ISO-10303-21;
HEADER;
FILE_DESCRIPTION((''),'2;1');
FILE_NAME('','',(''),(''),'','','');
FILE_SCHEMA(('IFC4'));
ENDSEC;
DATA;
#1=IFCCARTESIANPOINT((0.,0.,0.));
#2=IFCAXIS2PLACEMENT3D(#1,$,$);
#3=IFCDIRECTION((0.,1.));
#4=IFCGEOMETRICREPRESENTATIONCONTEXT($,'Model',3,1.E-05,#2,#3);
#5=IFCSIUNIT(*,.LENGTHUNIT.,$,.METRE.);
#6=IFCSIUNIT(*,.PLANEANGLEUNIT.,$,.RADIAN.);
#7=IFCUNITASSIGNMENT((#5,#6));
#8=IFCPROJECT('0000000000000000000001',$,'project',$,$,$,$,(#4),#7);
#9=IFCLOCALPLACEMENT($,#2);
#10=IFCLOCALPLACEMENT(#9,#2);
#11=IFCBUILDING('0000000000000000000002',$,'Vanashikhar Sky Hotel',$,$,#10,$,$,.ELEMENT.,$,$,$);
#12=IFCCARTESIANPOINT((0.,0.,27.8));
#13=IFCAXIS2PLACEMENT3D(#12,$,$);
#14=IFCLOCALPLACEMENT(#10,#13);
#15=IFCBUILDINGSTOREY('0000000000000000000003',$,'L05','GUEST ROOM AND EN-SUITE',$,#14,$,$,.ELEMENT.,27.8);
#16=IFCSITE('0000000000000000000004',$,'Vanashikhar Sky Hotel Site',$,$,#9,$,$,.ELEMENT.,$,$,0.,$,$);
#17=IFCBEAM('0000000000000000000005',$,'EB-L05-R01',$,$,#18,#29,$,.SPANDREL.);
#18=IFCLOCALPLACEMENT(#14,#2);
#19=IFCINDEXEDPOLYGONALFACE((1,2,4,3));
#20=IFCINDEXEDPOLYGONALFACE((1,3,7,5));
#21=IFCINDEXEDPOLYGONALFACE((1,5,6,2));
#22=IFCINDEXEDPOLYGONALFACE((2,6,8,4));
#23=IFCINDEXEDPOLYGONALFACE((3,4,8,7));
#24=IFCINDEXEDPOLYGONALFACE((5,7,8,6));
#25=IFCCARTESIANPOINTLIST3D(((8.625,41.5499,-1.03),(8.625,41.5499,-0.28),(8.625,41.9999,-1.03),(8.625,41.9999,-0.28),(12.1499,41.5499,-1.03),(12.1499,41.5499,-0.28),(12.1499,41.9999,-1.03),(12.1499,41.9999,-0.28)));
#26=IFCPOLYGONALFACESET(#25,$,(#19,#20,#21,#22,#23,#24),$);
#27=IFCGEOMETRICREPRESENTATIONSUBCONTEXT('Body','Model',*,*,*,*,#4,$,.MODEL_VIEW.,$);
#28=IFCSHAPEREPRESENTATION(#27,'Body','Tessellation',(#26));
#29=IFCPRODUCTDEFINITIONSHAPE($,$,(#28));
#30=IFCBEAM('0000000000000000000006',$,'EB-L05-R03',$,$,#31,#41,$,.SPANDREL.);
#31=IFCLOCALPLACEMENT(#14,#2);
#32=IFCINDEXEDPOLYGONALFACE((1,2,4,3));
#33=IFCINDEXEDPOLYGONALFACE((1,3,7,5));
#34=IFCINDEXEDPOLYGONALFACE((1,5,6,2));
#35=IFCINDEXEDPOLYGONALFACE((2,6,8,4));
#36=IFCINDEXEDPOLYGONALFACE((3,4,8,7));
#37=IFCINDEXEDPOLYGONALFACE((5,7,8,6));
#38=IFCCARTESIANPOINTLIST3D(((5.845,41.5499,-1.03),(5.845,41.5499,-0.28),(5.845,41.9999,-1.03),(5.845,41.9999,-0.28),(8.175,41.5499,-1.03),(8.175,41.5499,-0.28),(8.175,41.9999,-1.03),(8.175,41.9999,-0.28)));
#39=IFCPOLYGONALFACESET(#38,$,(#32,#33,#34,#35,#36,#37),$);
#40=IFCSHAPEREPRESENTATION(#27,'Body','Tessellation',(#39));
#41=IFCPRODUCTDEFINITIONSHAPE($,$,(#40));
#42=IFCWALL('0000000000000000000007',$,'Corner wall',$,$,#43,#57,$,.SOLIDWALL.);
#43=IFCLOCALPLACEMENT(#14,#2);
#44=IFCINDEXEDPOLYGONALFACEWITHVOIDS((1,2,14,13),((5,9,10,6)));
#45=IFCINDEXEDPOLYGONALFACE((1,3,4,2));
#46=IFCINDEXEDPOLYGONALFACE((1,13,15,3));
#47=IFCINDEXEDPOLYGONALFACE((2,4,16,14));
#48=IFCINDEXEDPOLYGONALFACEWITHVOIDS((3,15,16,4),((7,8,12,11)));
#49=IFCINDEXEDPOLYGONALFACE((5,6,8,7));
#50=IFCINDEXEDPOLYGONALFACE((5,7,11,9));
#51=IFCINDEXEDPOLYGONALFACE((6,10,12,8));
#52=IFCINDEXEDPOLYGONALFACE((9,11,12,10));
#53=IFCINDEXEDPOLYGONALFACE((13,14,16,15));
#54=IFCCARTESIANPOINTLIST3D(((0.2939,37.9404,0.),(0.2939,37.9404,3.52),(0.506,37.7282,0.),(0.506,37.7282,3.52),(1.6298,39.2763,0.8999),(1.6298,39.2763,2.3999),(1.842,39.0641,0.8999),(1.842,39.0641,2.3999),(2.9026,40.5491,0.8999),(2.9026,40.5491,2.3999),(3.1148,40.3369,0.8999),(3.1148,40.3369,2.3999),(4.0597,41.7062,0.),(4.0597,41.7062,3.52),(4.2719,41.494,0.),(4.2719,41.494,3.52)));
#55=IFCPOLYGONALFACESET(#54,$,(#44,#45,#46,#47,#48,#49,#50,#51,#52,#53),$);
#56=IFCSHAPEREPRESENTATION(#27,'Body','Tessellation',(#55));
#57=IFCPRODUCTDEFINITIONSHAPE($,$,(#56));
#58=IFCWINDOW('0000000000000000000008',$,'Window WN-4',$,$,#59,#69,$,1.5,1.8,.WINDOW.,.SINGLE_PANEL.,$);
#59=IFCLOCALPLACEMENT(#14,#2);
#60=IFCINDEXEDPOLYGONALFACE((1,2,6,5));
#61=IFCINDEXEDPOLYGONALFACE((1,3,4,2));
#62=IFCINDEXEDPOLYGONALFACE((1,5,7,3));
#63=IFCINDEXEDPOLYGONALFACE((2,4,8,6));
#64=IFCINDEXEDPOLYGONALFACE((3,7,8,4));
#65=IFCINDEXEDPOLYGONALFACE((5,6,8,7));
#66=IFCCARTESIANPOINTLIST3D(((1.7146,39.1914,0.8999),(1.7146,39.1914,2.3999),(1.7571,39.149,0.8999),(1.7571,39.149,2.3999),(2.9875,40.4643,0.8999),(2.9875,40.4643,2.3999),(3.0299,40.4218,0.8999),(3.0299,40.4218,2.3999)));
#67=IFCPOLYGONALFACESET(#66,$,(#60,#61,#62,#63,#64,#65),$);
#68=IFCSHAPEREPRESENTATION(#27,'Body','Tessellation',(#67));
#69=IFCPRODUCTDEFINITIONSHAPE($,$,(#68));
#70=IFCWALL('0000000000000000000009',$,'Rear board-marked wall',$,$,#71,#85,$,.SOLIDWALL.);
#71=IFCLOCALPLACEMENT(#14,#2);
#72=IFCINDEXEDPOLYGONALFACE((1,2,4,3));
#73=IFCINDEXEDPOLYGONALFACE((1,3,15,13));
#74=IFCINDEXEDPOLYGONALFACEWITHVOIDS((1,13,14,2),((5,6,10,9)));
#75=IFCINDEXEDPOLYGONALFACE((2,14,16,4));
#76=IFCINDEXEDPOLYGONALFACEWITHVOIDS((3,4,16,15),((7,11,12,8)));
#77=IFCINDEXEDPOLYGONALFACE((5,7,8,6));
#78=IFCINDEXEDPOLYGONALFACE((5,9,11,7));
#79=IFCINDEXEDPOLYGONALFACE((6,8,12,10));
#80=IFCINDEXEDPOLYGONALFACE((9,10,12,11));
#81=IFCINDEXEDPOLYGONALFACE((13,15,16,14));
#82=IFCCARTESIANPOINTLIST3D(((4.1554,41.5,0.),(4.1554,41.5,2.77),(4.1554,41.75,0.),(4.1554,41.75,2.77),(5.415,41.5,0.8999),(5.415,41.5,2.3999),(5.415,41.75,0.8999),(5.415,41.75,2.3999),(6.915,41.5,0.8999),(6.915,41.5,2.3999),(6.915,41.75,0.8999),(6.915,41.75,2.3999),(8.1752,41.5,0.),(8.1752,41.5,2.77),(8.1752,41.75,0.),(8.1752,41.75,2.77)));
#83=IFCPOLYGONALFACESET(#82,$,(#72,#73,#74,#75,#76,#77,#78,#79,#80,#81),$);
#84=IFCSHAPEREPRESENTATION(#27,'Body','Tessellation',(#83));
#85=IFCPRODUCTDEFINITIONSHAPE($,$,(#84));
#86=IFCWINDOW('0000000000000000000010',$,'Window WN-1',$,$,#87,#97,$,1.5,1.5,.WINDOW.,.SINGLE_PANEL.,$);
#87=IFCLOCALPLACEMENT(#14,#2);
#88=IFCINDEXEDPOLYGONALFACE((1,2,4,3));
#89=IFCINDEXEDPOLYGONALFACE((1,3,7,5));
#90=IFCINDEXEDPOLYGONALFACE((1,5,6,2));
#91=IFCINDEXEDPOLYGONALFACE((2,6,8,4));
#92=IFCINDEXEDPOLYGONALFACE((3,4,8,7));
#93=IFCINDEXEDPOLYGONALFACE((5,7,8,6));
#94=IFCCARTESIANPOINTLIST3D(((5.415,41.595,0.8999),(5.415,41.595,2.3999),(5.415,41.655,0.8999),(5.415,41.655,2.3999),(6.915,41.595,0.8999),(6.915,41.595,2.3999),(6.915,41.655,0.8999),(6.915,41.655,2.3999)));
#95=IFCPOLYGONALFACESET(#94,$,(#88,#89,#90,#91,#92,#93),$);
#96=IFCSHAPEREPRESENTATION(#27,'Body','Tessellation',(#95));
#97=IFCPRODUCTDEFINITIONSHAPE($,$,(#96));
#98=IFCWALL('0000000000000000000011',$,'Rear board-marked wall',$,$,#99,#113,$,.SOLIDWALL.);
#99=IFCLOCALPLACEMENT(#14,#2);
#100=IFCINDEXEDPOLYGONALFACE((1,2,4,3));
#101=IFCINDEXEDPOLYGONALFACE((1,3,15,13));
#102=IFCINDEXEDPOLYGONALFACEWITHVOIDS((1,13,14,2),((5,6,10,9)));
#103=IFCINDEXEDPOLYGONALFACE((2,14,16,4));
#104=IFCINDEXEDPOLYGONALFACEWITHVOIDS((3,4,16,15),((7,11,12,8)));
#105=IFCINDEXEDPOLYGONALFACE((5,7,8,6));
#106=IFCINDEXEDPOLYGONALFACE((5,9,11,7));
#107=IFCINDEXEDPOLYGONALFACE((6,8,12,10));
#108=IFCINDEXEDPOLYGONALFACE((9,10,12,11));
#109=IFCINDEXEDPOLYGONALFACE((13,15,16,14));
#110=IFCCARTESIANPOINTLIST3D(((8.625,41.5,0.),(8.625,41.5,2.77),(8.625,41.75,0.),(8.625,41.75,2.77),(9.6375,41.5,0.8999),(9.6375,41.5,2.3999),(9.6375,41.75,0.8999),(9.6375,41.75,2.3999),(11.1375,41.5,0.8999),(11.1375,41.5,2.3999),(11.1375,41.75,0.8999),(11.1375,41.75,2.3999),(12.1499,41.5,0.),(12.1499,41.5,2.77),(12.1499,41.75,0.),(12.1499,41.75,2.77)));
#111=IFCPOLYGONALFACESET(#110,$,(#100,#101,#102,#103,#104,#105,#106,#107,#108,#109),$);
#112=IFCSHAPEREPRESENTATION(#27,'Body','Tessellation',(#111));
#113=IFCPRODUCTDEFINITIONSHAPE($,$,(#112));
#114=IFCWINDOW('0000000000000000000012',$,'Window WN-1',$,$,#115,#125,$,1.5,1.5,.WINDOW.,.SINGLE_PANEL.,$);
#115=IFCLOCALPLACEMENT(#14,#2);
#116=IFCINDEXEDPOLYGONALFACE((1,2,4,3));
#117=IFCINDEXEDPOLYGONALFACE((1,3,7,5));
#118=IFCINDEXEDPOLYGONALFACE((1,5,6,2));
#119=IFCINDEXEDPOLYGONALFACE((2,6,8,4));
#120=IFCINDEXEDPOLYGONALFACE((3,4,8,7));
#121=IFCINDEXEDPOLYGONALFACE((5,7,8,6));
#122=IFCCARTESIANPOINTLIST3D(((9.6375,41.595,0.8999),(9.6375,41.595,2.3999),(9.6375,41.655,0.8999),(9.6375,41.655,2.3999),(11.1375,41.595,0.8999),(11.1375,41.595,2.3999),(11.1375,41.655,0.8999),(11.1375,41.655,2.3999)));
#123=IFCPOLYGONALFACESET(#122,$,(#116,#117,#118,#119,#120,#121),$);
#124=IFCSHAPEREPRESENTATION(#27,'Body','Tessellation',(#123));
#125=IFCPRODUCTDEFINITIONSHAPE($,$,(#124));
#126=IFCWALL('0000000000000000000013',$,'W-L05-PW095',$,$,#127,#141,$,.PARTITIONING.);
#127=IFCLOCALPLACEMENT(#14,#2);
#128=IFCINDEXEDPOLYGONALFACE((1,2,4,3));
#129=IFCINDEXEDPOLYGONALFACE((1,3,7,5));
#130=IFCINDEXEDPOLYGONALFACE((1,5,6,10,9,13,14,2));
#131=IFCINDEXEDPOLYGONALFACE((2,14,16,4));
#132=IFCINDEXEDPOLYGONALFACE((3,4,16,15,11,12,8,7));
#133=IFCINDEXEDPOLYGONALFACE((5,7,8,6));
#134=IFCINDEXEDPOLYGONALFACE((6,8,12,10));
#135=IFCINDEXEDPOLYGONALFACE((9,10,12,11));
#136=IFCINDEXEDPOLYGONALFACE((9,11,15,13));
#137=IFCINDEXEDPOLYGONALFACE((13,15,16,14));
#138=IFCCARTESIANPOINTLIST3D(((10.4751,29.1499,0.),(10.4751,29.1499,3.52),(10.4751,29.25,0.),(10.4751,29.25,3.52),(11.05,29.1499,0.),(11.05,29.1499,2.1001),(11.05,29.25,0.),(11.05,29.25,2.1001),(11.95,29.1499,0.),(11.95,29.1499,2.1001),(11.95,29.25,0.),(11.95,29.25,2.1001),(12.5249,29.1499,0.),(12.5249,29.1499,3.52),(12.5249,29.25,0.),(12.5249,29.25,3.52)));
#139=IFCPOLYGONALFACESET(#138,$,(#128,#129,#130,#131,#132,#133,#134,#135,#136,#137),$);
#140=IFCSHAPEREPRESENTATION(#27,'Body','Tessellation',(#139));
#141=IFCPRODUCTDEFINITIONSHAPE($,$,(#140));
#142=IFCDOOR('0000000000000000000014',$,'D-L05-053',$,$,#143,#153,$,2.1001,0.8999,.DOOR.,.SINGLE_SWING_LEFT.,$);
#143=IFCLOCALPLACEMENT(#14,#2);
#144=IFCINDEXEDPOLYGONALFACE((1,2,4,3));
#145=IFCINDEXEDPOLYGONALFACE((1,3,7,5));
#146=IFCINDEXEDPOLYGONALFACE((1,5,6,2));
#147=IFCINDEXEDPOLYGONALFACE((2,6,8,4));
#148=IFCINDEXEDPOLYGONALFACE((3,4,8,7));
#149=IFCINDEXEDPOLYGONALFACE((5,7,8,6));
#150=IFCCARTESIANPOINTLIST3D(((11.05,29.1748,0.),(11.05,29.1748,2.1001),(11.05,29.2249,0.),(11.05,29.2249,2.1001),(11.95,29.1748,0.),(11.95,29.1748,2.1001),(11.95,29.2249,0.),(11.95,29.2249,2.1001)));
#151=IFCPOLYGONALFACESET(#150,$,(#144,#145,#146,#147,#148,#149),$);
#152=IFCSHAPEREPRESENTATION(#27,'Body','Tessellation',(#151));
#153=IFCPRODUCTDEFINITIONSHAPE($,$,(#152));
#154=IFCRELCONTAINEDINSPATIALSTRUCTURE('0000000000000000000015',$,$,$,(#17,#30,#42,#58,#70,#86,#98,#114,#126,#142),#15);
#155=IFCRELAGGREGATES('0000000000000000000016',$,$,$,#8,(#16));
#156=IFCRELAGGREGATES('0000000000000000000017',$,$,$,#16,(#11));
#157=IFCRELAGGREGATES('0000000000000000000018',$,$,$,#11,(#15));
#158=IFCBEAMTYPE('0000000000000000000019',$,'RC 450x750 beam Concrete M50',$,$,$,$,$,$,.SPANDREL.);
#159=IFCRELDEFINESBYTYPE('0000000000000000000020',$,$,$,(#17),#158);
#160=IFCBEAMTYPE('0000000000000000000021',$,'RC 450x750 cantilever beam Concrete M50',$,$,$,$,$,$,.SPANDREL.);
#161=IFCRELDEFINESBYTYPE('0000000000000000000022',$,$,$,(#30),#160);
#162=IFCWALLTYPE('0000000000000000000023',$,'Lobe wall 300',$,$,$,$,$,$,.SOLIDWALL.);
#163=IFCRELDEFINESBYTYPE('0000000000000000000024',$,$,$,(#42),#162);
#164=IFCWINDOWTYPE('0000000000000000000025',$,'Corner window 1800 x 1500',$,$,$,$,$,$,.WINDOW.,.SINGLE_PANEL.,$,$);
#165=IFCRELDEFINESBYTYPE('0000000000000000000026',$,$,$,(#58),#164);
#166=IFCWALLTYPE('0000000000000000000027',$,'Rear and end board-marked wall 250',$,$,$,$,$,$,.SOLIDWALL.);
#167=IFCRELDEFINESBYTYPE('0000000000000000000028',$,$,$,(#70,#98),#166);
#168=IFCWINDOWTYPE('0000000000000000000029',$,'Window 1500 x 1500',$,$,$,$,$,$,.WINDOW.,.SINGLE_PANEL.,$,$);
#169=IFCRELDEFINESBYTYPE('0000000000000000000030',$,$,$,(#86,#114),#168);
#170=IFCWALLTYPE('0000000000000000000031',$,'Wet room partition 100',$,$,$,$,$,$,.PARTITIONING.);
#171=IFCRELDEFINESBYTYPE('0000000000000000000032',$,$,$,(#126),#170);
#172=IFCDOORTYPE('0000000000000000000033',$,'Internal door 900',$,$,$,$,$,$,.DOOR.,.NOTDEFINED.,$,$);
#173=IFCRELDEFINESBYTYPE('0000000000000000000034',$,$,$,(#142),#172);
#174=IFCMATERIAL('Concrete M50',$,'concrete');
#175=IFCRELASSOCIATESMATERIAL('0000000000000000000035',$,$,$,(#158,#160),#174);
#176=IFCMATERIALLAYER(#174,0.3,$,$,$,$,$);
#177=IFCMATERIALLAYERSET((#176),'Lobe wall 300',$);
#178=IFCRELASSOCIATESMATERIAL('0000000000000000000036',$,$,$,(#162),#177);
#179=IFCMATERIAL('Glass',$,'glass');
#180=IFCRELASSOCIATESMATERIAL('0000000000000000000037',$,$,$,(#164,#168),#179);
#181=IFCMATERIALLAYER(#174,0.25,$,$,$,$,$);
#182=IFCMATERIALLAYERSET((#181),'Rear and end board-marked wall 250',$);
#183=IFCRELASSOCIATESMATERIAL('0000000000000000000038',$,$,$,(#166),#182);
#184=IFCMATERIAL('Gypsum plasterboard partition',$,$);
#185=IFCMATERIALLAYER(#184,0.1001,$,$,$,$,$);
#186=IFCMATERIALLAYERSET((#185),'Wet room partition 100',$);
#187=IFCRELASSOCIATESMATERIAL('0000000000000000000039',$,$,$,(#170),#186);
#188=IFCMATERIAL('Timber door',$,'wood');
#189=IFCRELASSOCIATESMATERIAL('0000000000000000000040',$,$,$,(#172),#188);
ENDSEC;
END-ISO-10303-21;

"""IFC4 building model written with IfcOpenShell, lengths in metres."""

from ifc_helpers import new_model, si_unit, direction, frame, frame_2d, origin, origin_2d, place, context, subcontext, project, spatial, rectangle, extrude, source, transform, mapped, material, layer, layer_set, material_profile, profile_set, type_object, element, fill, save


model = new_model("IFC4")

# Units and contexts
model_context = context("Model", 3, precision=1e-05, world=origin(), true_north=direction((0.0, 1.0)))
body_context = subcontext(model_context, "Body", "Model", "MODEL_VIEW")
ifc_project = project(units=[si_unit("LENGTHUNIT", "METRE"), si_unit("PLANEANGLEUNIT", "RADIAN")], contexts=[model_context])

# Site, building, storey
site_placement = place(None, origin())
site = spatial("IfcSite", under=ifc_project, at=site_placement, Name="Vanashikhar Sky Hotel Site", CompositionType="ELEMENT", RefElevation=0.0)
building_placement = place(site_placement, origin())
building = spatial("IfcBuilding", under=site, at=building_placement, Name="Vanashikhar Sky Hotel", CompositionType="ELEMENT")
storey_placement = place(building_placement, frame((0.0, 0.0, 27.8)))
storey = spatial("IfcBuildingStorey", under=building, at=storey_placement, Name="L05", Description="GUEST ROOM AND EN-SUITE", CompositionType="ELEMENT", Elevation=27.8)

# Beams
ifc_material_1 = material(Name="Concrete M50", Category="concrete")
ifc_material_profile_1 = material_profile(ifc_material_1, rectangle(XDim=0.45, YDim=0.75, at=origin_2d()))
ifc_profile_set_1 = profile_set([ifc_material_profile_1], Name="RC 450x750 beam Concrete M50")
beam_type_1 = type_object("IfcBeamType", Name="RC 450x750 beam Concrete M50", PredefinedType="SPANDREL", material=ifc_profile_set_1)
shared_shape_1 = source(origin(), body_context, "Body", "SweptSolid", [
    extrude(rectangle(XDim=0.45, YDim=0.75, at=origin_2d()), origin(), (0.0, 0.0, 1.0), 3.5249),
])
beam_1_placement = place(storey_placement, frame((8.625, 41.7749, -0.655), z_axis=(1.0, 0.0, 0.0), x_axis=(0.0, 1.0, 0.0)))
element("IfcBeam", 1, at=beam_1_placement, inside=storey, type_object=beam_type_1, Name="EB-L05-R01", PredefinedType="SPANDREL", context=body_context, shape_type="MappedRepresentation", body=[
    mapped(shared_shape_1, transform((0.0, 0.0, 0.0), scale=1.0)),
])
ifc_material_profile_2 = material_profile(ifc_material_1, rectangle(XDim=0.45, YDim=0.75, at=origin_2d()))
ifc_profile_set_2 = profile_set([ifc_material_profile_2], Name="RC 450x750 cantilever beam Concrete M50")
beam_type_2 = type_object("IfcBeamType", Name="RC 450x750 cantilever beam Concrete M50", PredefinedType="SPANDREL", material=ifc_profile_set_2)
shared_shape_2 = source(origin(), body_context, "Body", "SweptSolid", [
    extrude(rectangle(XDim=0.45, YDim=0.75, at=origin_2d()), origin(), (0.0, 0.0, 1.0), 2.3301),
])
beam_2_placement = place(storey_placement, frame((5.845, 41.7749, -0.655), z_axis=(1.0, 0.0, 0.0), x_axis=(0.0, 1.0, 0.0)))
element("IfcBeam", 2, at=beam_2_placement, inside=storey, type_object=beam_type_2, Name="EB-L05-R03", PredefinedType="SPANDREL", context=body_context, shape_type="MappedRepresentation", body=[
    mapped(shared_shape_2, transform((0.0, 0.0, 0.0), scale=1.0)),
])

# Walls, openings, windows
ifc_layer_1 = layer(ifc_material_1, 0.3)
ifc_layer_set_1 = layer_set([ifc_layer_1], Name="Lobe wall 300")
wall_type_1 = type_object("IfcWallType", Name="Lobe wall 300", PredefinedType="SOLIDWALL", material=ifc_layer_set_1)
shared_shape_3 = source(origin(), body_context, "Body", "SweptSolid", [
    extrude(rectangle(XDim=5.3257, YDim=0.3, at=frame_2d((2.6628, 0.0))), origin(), (0.0, 0.0, 1.0), 3.52),
])
wall_1_placement = place(storey_placement, frame((4.1658, 41.6001, 0.0), z_axis=(0.0, 0.0, 1.0), x_axis=(-0.707107, -0.707107, 0.0)))
wall_1 = element("IfcWall", 3, at=wall_1_placement, inside=storey, type_object=wall_type_1, Name="Corner wall", PredefinedType="SOLIDWALL", context=body_context, shape_type="MappedRepresentation", body=[
    mapped(shared_shape_3, transform((0.0, 0.0, 0.0), scale=1.0)),
])
shared_shape_4 = source(origin(), body_context, "Body", "SweptSolid", [
    extrude(rectangle(XDim=1.8, YDim=1.5, at=frame_2d((0.8999, 0.75))), frame((0.0, 0.1602, 0.0), z_axis=(0.0, -1.0, 0.0), x_axis=(1.0, 0.0, 0.0)), (0.0, 0.0, 1.0), 0.3201),
])
opening_1_placement = place(wall_1_placement, frame((1.6365, 0.0, 0.8999)))
opening_1 = element("IfcOpeningElement", 4, at=opening_1_placement, cuts=wall_1, PredefinedType="OPENING", context=body_context, shape_type="MappedRepresentation", body=[
    mapped(shared_shape_4, transform((0.0, 0.0, 0.0), scale=1.0)),
])
ifc_material_2 = material(Name="Glass", Category="glass")
window_type_1 = type_object("IfcWindowType", Name="Corner window 1800 x 1500", PartitioningType="SINGLE_PANEL", PredefinedType="WINDOW", material=ifc_material_2)
shared_shape_5 = source(origin(), body_context, "Body", "SweptSolid", [
    extrude(rectangle(XDim=1.8, YDim=1.5, at=frame_2d((0.8999, 0.75))), frame((0.0, 0.03, 0.0), z_axis=(0.0, -1.0, 0.0), x_axis=(1.0, 0.0, 0.0)), (0.0, 0.0, 1.0), 0.0601),
])
window_1_placement = place(opening_1_placement, origin())
window_1 = element("IfcWindow", 5, at=window_1_placement, inside=storey, type_object=window_type_1, Name="Window WN-4", OverallHeight=1.5, OverallWidth=1.8, PartitioningType="SINGLE_PANEL", PredefinedType="WINDOW", context=body_context, shape_type="MappedRepresentation", body=[
    mapped(shared_shape_5, transform((0.0, 0.0, 0.0), scale=1.0)),
])
fill(opening_1, window_1)
ifc_layer_2 = layer(ifc_material_1, 0.25)
ifc_layer_set_2 = layer_set([ifc_layer_2], Name="Rear and end board-marked wall 250")
wall_type_2 = type_object("IfcWallType", Name="Rear and end board-marked wall 250", PredefinedType="SOLIDWALL", material=ifc_layer_set_2)
shared_shape_6 = source(origin(), body_context, "Body", "SweptSolid", [
    extrude(rectangle(XDim=4.0198, YDim=0.25, at=frame_2d((2.0098, 0.0))), origin(), (0.0, 0.0, 1.0), 2.77),
])
wall_2_placement = place(storey_placement, frame((8.175, 41.625, 0.0), z_axis=(0.0, 0.0, 1.0), x_axis=(-1.0, 0.0, 0.0)))
wall_2 = element("IfcWall", 6, at=wall_2_placement, inside=storey, type_object=wall_type_2, Name="Rear board-marked wall", PredefinedType="SOLIDWALL", context=body_context, shape_type="MappedRepresentation", body=[
    mapped(shared_shape_6, transform((0.0, 0.0, 0.0), scale=1.0)),
])
shared_shape_7 = source(origin(), body_context, "Body", "SweptSolid", [
    extrude(rectangle(XDim=1.5, YDim=1.5, at=frame_2d((0.75, 0.75))), frame((0.0, 0.135, 0.0), z_axis=(0.0, -1.0, 0.0), x_axis=(1.0, 0.0, 0.0)), (0.0, 0.0, 1.0), 0.27),
])
opening_2_placement = place(wall_2_placement, frame((1.26, 0.0, 0.8999)))
opening_2 = element("IfcOpeningElement", 7, at=opening_2_placement, cuts=wall_2, PredefinedType="OPENING", context=body_context, shape_type="MappedRepresentation", body=[
    mapped(shared_shape_7, transform((0.0, 0.0, 0.0), scale=1.0)),
])
window_type_2 = type_object("IfcWindowType", Name="Window 1500 x 1500", PartitioningType="SINGLE_PANEL", PredefinedType="WINDOW", material=ifc_material_2)
shared_shape_8 = source(origin(), body_context, "Body", "SweptSolid", [
    extrude(rectangle(XDim=1.5, YDim=1.5, at=frame_2d((0.75, 0.75))), frame((0.0, 0.03, 0.0), z_axis=(0.0, -1.0, 0.0), x_axis=(1.0, 0.0, 0.0)), (0.0, 0.0, 1.0), 0.0601),
])
window_2_placement = place(opening_2_placement, origin())
window_2 = element("IfcWindow", 8, at=window_2_placement, inside=storey, type_object=window_type_2, Name="Window WN-1", OverallHeight=1.5, OverallWidth=1.5, PartitioningType="SINGLE_PANEL", PredefinedType="WINDOW", context=body_context, shape_type="MappedRepresentation", body=[
    mapped(shared_shape_8, transform((0.0, 0.0, 0.0), scale=1.0)),
])
fill(opening_2, window_2)
shared_shape_9 = source(origin(), body_context, "Body", "SweptSolid", [
    extrude(rectangle(XDim=3.5249, YDim=0.25, at=frame_2d((1.7625, 0.0))), origin(), (0.0, 0.0, 1.0), 2.77),
])
wall_3_placement = place(storey_placement, frame((12.1499, 41.625, 0.0), z_axis=(0.0, 0.0, 1.0), x_axis=(-1.0, 0.0, 0.0)))
wall_3 = element("IfcWall", 9, at=wall_3_placement, inside=storey, type_object=wall_type_2, Name="Rear board-marked wall", PredefinedType="SOLIDWALL", context=body_context, shape_type="MappedRepresentation", body=[
    mapped(shared_shape_9, transform((0.0, 0.0, 0.0), scale=1.0)),
])
opening_3_placement = place(wall_3_placement, frame((1.0125, 0.0, 0.8999)))
opening_3 = element("IfcOpeningElement", 10, at=opening_3_placement, cuts=wall_3, PredefinedType="OPENING", context=body_context, shape_type="MappedRepresentation", body=[
    mapped(shared_shape_7, transform((0.0, 0.0, 0.0), scale=1.0)),
])
window_3_placement = place(opening_3_placement, origin())
window_3 = element("IfcWindow", 11, at=window_3_placement, inside=storey, type_object=window_type_2, Name="Window WN-1", OverallHeight=1.5, OverallWidth=1.5, PartitioningType="SINGLE_PANEL", PredefinedType="WINDOW", context=body_context, shape_type="MappedRepresentation", body=[
    mapped(shared_shape_8, transform((0.0, 0.0, 0.0), scale=1.0)),
])
fill(opening_3, window_3)

# Wall, opening, door
ifc_material_3 = material(Name="Gypsum plasterboard partition")
ifc_layer_3 = layer(ifc_material_3, 0.1001)
ifc_layer_set_3 = layer_set([ifc_layer_3], Name="Wet room partition 100")
wall_type_3 = type_object("IfcWallType", Name="Wet room partition 100", PredefinedType="PARTITIONING", material=ifc_layer_set_3)
shared_shape_10 = source(origin(), body_context, "Body", "SweptSolid", [
    extrude(rectangle(XDim=2.0498, YDim=0.1001, at=frame_2d((1.0249, 0.0))), origin(), (0.0, 0.0, 1.0), 3.52),
])
wall_4_placement = place(storey_placement, frame((10.4751, 29.2, 0.0), z_axis=(0.0, 0.0, 1.0), x_axis=(1.0, 0.0, 0.0)))
wall_4 = element("IfcWall", 12, at=wall_4_placement, inside=storey, type_object=wall_type_3, Name="W-L05-PW095", PredefinedType="PARTITIONING", context=body_context, shape_type="MappedRepresentation", body=[
    mapped(shared_shape_10, transform((0.0, 0.0, 0.0), scale=1.0)),
])
shared_shape_11 = source(origin(), body_context, "Body", "SweptSolid", [
    extrude(rectangle(XDim=0.8999, YDim=2.1001, at=frame_2d((0.45, 1.05))), frame((0.0, 0.0601, 0.0), z_axis=(0.0, -1.0, 0.0), x_axis=(1.0, 0.0, 0.0)), (0.0, 0.0, 1.0), 0.1201),
])
opening_4_placement = place(wall_4_placement, frame((0.575, 0.0, 0.0)))
opening_4 = element("IfcOpeningElement", 13, at=opening_4_placement, cuts=wall_4, PredefinedType="OPENING", context=body_context, shape_type="MappedRepresentation", body=[
    mapped(shared_shape_11, transform((0.0, 0.0, 0.0), scale=1.0)),
])
ifc_material_4 = material(Name="Timber door", Category="wood")
door_type_1 = type_object("IfcDoorType", Name="Internal door 900", OperationType="NOTDEFINED", PredefinedType="DOOR", material=ifc_material_4)
shared_shape_12 = source(origin(), body_context, "Body", "SweptSolid", [
    extrude(rectangle(XDim=0.8999, YDim=2.1001, at=frame_2d((0.45, 1.05))), frame((0.0, 0.0249, 0.0), z_axis=(0.0, -1.0, 0.0), x_axis=(1.0, 0.0, 0.0)), (0.0, 0.0, 1.0), 0.05),
])
door_1_placement = place(opening_4_placement, origin())
door_1 = element("IfcDoor", 14, at=door_1_placement, inside=storey, type_object=door_type_1, Name="D-L05-053", OperationType="SINGLE_SWING_LEFT", OverallHeight=2.1001, OverallWidth=0.8999, PredefinedType="DOOR", context=body_context, shape_type="MappedRepresentation", body=[
    mapped(shared_shape_12, transform((0.0, 0.0, 0.0), scale=1.0)),
])
fill(opening_4, door_1)

save(model, "model.ifc")
